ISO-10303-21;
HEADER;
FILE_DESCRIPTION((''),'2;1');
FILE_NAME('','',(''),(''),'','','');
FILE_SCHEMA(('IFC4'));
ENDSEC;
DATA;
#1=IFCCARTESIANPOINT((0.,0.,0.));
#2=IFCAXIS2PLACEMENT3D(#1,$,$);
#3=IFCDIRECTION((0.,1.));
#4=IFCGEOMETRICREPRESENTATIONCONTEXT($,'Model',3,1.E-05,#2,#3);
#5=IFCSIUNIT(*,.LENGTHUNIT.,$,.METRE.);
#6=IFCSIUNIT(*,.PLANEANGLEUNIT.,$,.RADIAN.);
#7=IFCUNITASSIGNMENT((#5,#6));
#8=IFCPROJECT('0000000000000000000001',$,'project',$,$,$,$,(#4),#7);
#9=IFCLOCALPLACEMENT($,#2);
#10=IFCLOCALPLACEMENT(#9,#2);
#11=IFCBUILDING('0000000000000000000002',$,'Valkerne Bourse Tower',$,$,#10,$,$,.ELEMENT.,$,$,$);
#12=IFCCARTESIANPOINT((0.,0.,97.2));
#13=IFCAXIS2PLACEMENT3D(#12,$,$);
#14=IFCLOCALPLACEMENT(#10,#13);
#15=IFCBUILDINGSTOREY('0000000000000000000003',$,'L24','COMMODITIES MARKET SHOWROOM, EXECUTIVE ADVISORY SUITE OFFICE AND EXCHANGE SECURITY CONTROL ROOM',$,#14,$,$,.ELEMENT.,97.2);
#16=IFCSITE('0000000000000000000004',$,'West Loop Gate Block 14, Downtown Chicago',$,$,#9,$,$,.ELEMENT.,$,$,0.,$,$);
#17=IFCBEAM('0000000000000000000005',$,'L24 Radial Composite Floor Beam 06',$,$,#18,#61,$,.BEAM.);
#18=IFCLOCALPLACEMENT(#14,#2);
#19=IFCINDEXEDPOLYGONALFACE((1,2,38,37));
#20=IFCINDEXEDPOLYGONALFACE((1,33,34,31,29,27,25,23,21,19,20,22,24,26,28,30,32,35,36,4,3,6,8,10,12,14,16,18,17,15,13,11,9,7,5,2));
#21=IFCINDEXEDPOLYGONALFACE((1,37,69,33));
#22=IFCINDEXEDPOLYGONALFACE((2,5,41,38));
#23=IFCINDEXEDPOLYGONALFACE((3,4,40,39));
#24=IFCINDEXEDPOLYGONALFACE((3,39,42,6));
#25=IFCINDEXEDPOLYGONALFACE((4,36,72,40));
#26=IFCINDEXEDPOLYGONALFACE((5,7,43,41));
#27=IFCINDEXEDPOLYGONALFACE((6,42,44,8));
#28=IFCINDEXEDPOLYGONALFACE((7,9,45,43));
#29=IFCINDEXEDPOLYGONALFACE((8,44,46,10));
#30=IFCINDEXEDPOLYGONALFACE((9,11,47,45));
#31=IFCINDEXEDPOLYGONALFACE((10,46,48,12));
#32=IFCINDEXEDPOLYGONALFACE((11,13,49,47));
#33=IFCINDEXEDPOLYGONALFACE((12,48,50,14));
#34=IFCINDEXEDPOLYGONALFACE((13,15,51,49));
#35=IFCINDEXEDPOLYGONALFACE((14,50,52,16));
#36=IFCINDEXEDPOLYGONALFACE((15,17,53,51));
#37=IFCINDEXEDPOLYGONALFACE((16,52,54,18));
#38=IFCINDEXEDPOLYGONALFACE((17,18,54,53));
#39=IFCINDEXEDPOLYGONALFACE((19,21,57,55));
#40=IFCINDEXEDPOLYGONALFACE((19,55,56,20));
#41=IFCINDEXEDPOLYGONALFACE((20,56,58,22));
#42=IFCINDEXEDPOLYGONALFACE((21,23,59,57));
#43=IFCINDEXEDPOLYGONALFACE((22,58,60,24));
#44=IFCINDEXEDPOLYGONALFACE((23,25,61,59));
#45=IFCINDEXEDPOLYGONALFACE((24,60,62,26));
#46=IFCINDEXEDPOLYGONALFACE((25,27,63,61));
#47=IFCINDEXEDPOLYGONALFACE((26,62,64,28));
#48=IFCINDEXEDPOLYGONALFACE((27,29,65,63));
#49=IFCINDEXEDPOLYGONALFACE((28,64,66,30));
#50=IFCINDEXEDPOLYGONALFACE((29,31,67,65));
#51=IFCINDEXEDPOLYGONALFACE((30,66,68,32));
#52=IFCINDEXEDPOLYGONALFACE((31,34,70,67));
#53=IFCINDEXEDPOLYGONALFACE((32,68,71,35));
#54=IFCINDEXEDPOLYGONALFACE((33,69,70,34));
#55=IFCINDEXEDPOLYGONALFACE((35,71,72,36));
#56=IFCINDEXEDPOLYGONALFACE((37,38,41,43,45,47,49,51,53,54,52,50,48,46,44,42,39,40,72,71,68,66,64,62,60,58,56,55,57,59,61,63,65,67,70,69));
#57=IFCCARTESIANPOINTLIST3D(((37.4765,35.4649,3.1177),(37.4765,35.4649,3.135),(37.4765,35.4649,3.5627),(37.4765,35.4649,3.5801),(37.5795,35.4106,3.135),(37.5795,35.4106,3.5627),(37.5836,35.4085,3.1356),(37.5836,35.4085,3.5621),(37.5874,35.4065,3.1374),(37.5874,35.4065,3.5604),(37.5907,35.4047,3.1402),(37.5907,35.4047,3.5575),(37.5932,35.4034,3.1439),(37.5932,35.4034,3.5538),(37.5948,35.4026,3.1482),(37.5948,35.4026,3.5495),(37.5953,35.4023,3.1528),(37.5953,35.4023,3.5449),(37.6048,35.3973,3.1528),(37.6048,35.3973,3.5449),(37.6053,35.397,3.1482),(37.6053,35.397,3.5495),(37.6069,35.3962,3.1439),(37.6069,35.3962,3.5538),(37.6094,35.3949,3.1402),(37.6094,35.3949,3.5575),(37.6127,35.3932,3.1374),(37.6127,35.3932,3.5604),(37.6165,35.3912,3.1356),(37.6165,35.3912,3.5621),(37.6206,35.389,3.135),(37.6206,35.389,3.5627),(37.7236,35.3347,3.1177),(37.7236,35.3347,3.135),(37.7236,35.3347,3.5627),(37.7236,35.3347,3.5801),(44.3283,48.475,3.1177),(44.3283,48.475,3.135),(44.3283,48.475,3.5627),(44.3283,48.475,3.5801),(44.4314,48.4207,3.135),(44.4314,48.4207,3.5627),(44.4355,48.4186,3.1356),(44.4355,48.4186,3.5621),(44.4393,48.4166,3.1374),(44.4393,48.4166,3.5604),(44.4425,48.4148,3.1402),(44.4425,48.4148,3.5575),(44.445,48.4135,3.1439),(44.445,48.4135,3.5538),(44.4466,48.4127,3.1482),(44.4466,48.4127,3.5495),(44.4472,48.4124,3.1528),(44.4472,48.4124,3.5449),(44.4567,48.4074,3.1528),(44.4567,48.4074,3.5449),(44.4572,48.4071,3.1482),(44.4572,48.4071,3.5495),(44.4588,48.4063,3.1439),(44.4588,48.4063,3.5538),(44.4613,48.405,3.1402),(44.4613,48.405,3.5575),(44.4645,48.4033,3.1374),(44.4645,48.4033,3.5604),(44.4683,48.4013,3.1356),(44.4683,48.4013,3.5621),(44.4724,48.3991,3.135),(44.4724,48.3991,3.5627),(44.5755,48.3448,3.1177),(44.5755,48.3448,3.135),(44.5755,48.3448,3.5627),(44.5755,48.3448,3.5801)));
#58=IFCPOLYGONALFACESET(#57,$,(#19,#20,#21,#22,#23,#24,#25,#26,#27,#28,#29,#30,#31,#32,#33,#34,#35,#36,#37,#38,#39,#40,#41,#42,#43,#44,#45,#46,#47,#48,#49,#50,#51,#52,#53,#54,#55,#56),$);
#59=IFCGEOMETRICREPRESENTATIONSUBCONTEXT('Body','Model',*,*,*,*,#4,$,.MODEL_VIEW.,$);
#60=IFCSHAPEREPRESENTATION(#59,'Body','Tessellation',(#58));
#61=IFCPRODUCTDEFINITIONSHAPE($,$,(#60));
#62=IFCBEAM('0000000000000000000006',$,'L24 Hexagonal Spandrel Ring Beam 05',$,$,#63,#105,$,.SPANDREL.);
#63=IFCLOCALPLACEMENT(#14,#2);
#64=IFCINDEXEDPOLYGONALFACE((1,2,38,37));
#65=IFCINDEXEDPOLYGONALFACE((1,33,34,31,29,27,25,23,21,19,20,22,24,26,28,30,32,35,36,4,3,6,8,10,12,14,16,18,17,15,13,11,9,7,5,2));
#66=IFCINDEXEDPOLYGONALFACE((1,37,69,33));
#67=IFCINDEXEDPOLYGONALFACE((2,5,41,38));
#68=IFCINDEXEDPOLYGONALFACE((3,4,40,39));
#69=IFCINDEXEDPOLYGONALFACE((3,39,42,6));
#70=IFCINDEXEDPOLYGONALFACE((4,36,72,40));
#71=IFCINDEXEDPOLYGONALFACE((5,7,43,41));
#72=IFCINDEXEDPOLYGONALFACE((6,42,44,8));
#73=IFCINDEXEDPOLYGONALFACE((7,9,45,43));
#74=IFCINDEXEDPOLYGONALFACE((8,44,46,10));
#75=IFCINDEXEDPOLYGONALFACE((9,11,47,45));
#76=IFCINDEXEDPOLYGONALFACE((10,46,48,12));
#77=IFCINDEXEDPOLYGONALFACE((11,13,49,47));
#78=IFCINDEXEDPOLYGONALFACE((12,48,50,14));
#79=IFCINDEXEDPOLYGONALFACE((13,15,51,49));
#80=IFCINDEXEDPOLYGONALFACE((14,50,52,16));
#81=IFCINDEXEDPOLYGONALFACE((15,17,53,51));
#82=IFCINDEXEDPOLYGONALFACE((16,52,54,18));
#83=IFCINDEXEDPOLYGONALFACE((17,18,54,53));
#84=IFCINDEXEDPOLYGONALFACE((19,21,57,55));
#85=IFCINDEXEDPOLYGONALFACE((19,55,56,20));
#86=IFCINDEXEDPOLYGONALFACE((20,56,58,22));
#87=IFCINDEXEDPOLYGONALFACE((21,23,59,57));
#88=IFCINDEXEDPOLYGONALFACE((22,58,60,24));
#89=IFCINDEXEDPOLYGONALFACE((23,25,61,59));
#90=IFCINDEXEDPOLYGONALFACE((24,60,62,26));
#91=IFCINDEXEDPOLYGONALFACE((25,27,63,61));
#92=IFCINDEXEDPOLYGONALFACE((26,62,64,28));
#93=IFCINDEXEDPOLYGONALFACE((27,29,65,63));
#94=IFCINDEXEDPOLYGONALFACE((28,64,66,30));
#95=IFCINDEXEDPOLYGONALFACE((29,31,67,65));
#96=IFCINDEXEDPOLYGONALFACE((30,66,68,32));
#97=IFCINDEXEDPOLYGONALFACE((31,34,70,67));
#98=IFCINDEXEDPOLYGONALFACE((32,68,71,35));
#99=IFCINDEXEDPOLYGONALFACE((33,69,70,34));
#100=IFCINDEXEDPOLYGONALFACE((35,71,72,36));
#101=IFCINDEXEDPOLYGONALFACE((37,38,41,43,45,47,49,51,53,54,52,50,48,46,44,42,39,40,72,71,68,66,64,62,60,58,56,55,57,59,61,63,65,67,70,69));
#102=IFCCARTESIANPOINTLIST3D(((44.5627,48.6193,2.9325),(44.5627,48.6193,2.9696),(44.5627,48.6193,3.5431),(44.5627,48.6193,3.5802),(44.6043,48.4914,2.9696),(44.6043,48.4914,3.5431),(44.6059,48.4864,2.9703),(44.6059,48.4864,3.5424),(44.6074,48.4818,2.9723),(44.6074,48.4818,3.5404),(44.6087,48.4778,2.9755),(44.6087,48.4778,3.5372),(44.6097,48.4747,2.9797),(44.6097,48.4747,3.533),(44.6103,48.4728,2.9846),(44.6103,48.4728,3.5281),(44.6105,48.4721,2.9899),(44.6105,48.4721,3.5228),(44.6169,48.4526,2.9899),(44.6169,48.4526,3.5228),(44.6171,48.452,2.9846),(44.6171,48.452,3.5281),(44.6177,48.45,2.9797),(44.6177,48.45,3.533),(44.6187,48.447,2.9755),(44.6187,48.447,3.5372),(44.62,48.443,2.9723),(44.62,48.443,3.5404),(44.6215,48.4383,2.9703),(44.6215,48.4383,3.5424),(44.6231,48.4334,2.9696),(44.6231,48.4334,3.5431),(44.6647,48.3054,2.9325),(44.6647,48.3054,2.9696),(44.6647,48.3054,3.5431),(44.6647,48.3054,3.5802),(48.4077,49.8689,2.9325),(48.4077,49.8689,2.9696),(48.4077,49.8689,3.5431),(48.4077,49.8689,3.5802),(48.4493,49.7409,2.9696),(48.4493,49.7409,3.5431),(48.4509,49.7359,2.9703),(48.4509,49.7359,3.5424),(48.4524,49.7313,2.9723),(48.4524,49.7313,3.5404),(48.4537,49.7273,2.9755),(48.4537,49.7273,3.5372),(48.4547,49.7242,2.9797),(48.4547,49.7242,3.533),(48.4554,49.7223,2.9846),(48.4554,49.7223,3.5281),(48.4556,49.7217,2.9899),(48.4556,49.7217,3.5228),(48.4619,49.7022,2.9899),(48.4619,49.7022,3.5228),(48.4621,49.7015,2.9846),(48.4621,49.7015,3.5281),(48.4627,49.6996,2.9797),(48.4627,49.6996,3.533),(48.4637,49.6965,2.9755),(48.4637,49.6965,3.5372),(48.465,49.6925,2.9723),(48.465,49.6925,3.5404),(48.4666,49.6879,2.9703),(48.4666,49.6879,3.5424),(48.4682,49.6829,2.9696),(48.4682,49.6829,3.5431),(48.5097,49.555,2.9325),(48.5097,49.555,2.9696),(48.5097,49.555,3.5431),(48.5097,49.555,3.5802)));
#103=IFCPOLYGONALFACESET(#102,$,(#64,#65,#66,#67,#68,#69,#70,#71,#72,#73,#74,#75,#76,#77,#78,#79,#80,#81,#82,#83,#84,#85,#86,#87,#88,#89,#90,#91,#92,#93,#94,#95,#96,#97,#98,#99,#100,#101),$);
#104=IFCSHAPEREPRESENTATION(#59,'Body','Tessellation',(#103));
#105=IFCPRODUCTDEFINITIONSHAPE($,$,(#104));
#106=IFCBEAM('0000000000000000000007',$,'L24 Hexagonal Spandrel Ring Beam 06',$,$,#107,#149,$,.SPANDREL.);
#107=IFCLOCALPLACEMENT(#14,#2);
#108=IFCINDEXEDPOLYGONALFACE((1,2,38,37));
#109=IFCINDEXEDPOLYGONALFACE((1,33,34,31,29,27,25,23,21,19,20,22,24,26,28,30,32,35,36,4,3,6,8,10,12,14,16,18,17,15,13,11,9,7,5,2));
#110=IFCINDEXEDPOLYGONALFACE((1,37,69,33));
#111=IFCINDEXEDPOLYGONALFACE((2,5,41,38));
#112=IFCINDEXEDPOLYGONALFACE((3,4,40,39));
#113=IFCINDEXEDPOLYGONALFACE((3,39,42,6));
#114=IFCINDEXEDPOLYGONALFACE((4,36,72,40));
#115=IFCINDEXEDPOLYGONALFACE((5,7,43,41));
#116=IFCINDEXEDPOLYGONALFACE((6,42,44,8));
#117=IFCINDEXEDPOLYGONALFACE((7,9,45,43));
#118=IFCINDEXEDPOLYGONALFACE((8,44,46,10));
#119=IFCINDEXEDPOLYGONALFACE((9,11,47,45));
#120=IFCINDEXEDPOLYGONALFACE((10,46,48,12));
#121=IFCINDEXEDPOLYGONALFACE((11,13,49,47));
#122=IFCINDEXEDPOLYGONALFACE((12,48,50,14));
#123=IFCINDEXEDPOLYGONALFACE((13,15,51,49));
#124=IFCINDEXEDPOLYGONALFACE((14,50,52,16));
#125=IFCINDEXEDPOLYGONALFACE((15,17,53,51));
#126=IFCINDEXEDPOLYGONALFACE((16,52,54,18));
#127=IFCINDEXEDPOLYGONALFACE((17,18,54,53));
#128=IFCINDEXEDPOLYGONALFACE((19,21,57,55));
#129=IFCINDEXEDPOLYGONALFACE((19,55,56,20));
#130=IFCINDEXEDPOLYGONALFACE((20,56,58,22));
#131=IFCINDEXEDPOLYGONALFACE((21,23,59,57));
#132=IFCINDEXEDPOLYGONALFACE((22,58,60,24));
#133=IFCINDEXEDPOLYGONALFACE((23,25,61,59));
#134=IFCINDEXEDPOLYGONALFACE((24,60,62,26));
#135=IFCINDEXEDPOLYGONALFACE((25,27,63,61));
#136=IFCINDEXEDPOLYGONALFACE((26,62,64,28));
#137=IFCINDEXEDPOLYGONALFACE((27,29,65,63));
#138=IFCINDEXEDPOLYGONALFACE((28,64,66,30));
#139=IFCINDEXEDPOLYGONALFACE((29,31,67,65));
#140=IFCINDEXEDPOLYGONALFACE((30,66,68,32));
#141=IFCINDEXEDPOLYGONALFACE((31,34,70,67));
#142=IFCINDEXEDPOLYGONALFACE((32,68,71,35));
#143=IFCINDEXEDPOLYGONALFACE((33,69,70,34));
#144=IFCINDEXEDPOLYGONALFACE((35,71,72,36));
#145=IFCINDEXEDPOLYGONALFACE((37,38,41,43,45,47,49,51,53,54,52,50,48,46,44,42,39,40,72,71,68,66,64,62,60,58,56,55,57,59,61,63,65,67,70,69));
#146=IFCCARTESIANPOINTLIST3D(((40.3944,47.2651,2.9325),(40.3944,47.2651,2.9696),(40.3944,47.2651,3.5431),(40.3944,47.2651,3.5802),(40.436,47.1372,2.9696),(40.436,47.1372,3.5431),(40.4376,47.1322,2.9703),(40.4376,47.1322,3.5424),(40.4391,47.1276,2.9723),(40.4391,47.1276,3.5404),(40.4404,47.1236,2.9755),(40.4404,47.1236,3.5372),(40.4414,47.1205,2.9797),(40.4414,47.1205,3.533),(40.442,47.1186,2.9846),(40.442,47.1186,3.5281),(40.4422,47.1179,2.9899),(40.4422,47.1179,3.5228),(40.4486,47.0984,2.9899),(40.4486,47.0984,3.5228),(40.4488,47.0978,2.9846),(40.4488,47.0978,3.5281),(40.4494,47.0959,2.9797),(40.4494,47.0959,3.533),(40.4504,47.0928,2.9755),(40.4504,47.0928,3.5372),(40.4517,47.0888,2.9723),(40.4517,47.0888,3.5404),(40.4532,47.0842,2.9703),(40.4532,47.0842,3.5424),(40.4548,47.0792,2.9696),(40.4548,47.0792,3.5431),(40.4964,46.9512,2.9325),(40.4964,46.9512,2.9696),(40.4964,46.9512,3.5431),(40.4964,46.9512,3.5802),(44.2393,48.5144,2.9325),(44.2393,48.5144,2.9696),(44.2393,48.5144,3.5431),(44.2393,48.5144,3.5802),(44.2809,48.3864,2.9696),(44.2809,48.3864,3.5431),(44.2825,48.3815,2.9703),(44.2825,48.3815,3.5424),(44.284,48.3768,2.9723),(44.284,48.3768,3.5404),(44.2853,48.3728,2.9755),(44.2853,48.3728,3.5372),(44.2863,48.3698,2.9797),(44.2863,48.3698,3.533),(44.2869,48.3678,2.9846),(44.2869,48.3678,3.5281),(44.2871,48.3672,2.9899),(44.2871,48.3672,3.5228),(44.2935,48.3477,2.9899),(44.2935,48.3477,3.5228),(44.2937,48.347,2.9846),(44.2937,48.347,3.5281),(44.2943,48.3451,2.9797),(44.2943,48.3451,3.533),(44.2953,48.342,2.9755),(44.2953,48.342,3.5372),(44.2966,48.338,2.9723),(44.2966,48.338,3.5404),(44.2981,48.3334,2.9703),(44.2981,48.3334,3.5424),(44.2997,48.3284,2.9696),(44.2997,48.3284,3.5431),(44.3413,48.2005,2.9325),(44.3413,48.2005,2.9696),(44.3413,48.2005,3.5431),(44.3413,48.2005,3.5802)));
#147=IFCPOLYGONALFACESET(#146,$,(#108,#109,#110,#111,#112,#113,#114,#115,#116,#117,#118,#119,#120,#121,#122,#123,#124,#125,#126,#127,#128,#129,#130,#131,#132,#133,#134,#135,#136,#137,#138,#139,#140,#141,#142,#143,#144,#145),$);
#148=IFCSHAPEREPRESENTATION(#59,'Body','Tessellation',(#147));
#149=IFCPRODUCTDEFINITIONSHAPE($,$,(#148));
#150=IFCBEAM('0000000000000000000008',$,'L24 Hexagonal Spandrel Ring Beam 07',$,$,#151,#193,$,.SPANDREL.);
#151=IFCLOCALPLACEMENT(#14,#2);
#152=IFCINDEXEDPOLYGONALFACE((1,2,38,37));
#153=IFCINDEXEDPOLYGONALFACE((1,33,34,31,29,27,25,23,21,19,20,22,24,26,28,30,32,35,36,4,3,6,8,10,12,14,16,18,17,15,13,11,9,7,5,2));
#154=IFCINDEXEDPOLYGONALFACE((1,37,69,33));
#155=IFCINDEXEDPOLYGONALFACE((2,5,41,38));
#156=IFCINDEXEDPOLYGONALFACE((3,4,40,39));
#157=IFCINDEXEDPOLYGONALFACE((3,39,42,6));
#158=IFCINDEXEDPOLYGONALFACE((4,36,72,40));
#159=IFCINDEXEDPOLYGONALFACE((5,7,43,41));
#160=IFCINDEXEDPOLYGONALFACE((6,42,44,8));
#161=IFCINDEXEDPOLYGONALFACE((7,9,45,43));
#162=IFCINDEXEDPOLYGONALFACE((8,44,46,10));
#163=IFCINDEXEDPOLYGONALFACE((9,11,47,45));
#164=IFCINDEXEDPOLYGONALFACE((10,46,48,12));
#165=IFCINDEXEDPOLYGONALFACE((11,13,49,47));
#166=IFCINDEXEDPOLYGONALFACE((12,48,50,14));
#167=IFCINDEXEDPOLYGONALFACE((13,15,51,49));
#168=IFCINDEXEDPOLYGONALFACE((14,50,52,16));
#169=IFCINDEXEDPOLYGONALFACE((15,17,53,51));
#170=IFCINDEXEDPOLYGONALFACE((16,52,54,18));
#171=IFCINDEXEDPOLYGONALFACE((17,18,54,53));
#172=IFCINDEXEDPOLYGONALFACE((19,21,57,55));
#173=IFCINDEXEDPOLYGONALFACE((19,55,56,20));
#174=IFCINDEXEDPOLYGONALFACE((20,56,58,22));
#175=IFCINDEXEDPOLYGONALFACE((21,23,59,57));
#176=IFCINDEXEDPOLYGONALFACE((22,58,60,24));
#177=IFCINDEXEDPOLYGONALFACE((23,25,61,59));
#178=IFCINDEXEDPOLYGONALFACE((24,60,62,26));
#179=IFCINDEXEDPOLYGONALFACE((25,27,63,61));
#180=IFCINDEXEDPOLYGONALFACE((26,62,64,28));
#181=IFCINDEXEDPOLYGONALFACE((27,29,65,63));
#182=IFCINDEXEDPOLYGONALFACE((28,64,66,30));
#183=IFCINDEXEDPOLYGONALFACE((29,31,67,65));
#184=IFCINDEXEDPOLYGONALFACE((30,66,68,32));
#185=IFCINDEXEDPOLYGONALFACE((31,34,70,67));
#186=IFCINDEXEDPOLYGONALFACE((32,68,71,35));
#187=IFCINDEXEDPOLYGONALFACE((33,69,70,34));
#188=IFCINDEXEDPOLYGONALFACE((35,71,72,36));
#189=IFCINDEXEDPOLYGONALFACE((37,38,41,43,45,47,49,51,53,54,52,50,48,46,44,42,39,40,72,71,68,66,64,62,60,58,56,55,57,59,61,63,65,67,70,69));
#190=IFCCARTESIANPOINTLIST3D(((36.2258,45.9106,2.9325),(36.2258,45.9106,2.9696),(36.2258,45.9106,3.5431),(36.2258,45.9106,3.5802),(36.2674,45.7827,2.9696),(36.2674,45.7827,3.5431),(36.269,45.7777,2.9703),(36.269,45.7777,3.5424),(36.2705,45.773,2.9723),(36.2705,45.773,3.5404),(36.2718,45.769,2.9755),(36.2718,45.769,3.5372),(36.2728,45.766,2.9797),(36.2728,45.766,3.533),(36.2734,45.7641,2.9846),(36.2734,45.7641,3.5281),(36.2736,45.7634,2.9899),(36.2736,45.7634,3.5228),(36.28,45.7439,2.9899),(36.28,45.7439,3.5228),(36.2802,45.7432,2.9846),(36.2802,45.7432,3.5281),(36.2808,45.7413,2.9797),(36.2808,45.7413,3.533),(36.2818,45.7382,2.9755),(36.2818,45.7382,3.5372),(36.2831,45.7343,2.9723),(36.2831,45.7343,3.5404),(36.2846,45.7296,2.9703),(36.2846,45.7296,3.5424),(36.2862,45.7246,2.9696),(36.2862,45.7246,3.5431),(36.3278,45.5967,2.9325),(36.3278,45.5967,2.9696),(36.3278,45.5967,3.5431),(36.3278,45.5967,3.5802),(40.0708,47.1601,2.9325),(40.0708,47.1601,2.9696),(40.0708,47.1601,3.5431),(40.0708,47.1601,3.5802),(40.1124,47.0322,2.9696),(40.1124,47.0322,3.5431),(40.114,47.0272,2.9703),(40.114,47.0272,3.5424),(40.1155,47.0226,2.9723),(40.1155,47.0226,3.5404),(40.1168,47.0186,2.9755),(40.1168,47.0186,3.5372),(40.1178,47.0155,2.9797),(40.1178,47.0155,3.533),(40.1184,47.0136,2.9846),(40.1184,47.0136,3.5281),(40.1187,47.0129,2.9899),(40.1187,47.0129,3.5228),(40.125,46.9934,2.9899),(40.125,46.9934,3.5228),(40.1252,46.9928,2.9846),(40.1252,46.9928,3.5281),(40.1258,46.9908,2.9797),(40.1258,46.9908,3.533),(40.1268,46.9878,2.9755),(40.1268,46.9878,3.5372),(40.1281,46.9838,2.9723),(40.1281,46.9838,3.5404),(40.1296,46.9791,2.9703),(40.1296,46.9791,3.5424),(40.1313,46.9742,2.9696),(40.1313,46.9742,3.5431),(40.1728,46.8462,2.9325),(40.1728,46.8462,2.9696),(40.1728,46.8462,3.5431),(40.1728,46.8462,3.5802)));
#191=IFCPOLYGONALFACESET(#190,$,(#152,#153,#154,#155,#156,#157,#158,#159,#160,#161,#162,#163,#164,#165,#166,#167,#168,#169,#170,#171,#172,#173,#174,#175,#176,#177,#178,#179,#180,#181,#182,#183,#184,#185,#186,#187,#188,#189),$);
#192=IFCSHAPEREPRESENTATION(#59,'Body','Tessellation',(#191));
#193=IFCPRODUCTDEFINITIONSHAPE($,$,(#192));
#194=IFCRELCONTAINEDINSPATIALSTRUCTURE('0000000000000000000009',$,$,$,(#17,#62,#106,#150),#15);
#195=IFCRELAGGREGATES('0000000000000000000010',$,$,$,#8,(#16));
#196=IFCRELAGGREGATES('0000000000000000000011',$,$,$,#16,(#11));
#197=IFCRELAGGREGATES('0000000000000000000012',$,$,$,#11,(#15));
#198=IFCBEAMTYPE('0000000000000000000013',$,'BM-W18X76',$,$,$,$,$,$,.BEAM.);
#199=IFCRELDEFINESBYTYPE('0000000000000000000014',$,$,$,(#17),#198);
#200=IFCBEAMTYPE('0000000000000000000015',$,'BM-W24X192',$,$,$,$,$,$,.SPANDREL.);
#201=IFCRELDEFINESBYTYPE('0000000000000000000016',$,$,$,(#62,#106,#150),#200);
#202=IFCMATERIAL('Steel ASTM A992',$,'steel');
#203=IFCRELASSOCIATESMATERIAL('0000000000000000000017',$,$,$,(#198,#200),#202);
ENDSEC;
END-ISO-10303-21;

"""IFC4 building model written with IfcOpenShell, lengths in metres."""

from ifc_helpers import new_model, si_unit, direction, frame, origin, origin_2d, place, context, subcontext, project, spatial, i_section, extrude, material, material_profile, profile_set, type_object, element, save


model = new_model("IFC4")

# Units and contexts
model_context = context("Model", 3, precision=1e-05, world=origin(), true_north=direction((0.0, 1.0)))
body_context = subcontext(model_context, "Body", "Model", "MODEL_VIEW")
ifc_project = project(units=[si_unit("LENGTHUNIT", "METRE"), si_unit("PLANEANGLEUNIT", "RADIAN")], contexts=[model_context])

# Site, building, storey
site_placement = place(None, origin())
site = spatial("IfcSite", under=ifc_project, at=site_placement, Name="West Loop Gate Block 14, Downtown Chicago", CompositionType="ELEMENT", RefElevation=0.0)
building_placement = place(site_placement, origin())
building = spatial("IfcBuilding", under=site, at=building_placement, Name="Valkerne Bourse Tower", CompositionType="ELEMENT")
storey_placement = place(building_placement, frame((0.0, 0.0, 97.2)))
storey = spatial("IfcBuildingStorey", under=building, at=storey_placement, Name="L24", Description="COMMODITIES MARKET SHOWROOM, EXECUTIVE ADVISORY SUITE OFFICE AND EXCHANGE SECURITY CONTROL ROOM", CompositionType="ELEMENT", Elevation=97.2)

# Beams
ifc_material_1 = material(Name="Steel ASTM A992", Category="steel")
ifc_material_profile_1 = material_profile(ifc_material_1, i_section(OverallWidth=0.2793, OverallDepth=0.4624, WebThickness=0.0107, FlangeThickness=0.0173, FilletRadius=0.0178, at=origin_2d()), Name="W18X76")
ifc_profile_set_1 = profile_set([ifc_material_profile_1], Name="Steel ASTM A992")
beam_type_1 = type_object("IfcBeamType", Name="BM-W18X76", PredefinedType="BEAM", material=ifc_profile_set_1)
beam_1_placement = place(storey_placement, frame((44.4519, 48.4099, 3.3489), z_axis=(-0.465983, -0.884794, 0.0), x_axis=(0.884794, -0.465983, 0.0)))
element("IfcBeam", 1, at=beam_1_placement, inside=storey, type_object=beam_type_1, Name="L24 Radial Composite Floor Beam 06", PredefinedType="BEAM", context=body_context, shape_type="SweptSolid", body=[
    extrude(i_section(OverallWidth=0.2793, OverallDepth=0.4624, WebThickness=0.0107, FlangeThickness=0.0173, FilletRadius=0.0178, at=origin_2d()), origin(), (0.0, 0.0, 1.0), 14.7041),
])
ifc_material_profile_2 = material_profile(ifc_material_1, i_section(OverallWidth=0.3301, OverallDepth=0.6477, WebThickness=0.0205, FlangeThickness=0.0371, FilletRadius=0.0203, at=origin_2d()), Name="W24X192")
ifc_profile_set_2 = profile_set([ifc_material_profile_2], Name="Steel ASTM A992")
beam_type_2 = type_object("IfcBeamType", Name="BM-W24X192", PredefinedType="SPANDREL", material=ifc_profile_set_2)
beam_2_placement = place(storey_placement, frame((48.4587, 49.7119, 3.2563), z_axis=(-0.951042, -0.309063, 0.0), x_axis=(0.309063, -0.951042, 0.0)))
element("IfcBeam", 2, at=beam_2_placement, inside=storey, type_object=beam_type_2, Name="L24 Hexagonal Spandrel Ring Beam 05", PredefinedType="SPANDREL", context=body_context, shape_type="SweptSolid", body=[
    extrude(i_section(OverallWidth=0.3301, OverallDepth=0.6477, WebThickness=0.0205, FlangeThickness=0.0371, FilletRadius=0.0203, at=origin_2d()), origin(), (0.0, 0.0, 1.0), 4.043),
])
beam_3_placement = place(storey_placement, frame((44.2903, 48.3574, 3.2563), z_axis=(-0.951059, -0.309008, 0.0), x_axis=(0.309008, -0.951059, 0.0)))
element("IfcBeam", 3, at=beam_3_placement, inside=storey, type_object=beam_type_2, Name="L24 Hexagonal Spandrel Ring Beam 06", PredefinedType="SPANDREL", context=body_context, shape_type="SweptSolid", body=[
    extrude(i_section(OverallWidth=0.3301, OverallDepth=0.6477, WebThickness=0.0205, FlangeThickness=0.0371, FilletRadius=0.0203, at=origin_2d()), origin(), (0.0, 0.0, 1.0), 4.0427),
])
beam_4_placement = place(storey_placement, frame((40.1218, 47.0032, 3.2563), z_axis=(-0.951042, -0.309063, 0.0), x_axis=(0.309063, -0.951042, 0.0)))
element("IfcBeam", 4, at=beam_4_placement, inside=storey, type_object=beam_type_2, Name="L24 Hexagonal Spandrel Ring Beam 07", PredefinedType="SPANDREL", context=body_context, shape_type="SweptSolid", body=[
    extrude(i_section(OverallWidth=0.3301, OverallDepth=0.6477, WebThickness=0.0205, FlangeThickness=0.0371, FilletRadius=0.0203, at=origin_2d()), origin(), (0.0, 0.0, 1.0), 4.043),
])

save(model, "model.ifc")
